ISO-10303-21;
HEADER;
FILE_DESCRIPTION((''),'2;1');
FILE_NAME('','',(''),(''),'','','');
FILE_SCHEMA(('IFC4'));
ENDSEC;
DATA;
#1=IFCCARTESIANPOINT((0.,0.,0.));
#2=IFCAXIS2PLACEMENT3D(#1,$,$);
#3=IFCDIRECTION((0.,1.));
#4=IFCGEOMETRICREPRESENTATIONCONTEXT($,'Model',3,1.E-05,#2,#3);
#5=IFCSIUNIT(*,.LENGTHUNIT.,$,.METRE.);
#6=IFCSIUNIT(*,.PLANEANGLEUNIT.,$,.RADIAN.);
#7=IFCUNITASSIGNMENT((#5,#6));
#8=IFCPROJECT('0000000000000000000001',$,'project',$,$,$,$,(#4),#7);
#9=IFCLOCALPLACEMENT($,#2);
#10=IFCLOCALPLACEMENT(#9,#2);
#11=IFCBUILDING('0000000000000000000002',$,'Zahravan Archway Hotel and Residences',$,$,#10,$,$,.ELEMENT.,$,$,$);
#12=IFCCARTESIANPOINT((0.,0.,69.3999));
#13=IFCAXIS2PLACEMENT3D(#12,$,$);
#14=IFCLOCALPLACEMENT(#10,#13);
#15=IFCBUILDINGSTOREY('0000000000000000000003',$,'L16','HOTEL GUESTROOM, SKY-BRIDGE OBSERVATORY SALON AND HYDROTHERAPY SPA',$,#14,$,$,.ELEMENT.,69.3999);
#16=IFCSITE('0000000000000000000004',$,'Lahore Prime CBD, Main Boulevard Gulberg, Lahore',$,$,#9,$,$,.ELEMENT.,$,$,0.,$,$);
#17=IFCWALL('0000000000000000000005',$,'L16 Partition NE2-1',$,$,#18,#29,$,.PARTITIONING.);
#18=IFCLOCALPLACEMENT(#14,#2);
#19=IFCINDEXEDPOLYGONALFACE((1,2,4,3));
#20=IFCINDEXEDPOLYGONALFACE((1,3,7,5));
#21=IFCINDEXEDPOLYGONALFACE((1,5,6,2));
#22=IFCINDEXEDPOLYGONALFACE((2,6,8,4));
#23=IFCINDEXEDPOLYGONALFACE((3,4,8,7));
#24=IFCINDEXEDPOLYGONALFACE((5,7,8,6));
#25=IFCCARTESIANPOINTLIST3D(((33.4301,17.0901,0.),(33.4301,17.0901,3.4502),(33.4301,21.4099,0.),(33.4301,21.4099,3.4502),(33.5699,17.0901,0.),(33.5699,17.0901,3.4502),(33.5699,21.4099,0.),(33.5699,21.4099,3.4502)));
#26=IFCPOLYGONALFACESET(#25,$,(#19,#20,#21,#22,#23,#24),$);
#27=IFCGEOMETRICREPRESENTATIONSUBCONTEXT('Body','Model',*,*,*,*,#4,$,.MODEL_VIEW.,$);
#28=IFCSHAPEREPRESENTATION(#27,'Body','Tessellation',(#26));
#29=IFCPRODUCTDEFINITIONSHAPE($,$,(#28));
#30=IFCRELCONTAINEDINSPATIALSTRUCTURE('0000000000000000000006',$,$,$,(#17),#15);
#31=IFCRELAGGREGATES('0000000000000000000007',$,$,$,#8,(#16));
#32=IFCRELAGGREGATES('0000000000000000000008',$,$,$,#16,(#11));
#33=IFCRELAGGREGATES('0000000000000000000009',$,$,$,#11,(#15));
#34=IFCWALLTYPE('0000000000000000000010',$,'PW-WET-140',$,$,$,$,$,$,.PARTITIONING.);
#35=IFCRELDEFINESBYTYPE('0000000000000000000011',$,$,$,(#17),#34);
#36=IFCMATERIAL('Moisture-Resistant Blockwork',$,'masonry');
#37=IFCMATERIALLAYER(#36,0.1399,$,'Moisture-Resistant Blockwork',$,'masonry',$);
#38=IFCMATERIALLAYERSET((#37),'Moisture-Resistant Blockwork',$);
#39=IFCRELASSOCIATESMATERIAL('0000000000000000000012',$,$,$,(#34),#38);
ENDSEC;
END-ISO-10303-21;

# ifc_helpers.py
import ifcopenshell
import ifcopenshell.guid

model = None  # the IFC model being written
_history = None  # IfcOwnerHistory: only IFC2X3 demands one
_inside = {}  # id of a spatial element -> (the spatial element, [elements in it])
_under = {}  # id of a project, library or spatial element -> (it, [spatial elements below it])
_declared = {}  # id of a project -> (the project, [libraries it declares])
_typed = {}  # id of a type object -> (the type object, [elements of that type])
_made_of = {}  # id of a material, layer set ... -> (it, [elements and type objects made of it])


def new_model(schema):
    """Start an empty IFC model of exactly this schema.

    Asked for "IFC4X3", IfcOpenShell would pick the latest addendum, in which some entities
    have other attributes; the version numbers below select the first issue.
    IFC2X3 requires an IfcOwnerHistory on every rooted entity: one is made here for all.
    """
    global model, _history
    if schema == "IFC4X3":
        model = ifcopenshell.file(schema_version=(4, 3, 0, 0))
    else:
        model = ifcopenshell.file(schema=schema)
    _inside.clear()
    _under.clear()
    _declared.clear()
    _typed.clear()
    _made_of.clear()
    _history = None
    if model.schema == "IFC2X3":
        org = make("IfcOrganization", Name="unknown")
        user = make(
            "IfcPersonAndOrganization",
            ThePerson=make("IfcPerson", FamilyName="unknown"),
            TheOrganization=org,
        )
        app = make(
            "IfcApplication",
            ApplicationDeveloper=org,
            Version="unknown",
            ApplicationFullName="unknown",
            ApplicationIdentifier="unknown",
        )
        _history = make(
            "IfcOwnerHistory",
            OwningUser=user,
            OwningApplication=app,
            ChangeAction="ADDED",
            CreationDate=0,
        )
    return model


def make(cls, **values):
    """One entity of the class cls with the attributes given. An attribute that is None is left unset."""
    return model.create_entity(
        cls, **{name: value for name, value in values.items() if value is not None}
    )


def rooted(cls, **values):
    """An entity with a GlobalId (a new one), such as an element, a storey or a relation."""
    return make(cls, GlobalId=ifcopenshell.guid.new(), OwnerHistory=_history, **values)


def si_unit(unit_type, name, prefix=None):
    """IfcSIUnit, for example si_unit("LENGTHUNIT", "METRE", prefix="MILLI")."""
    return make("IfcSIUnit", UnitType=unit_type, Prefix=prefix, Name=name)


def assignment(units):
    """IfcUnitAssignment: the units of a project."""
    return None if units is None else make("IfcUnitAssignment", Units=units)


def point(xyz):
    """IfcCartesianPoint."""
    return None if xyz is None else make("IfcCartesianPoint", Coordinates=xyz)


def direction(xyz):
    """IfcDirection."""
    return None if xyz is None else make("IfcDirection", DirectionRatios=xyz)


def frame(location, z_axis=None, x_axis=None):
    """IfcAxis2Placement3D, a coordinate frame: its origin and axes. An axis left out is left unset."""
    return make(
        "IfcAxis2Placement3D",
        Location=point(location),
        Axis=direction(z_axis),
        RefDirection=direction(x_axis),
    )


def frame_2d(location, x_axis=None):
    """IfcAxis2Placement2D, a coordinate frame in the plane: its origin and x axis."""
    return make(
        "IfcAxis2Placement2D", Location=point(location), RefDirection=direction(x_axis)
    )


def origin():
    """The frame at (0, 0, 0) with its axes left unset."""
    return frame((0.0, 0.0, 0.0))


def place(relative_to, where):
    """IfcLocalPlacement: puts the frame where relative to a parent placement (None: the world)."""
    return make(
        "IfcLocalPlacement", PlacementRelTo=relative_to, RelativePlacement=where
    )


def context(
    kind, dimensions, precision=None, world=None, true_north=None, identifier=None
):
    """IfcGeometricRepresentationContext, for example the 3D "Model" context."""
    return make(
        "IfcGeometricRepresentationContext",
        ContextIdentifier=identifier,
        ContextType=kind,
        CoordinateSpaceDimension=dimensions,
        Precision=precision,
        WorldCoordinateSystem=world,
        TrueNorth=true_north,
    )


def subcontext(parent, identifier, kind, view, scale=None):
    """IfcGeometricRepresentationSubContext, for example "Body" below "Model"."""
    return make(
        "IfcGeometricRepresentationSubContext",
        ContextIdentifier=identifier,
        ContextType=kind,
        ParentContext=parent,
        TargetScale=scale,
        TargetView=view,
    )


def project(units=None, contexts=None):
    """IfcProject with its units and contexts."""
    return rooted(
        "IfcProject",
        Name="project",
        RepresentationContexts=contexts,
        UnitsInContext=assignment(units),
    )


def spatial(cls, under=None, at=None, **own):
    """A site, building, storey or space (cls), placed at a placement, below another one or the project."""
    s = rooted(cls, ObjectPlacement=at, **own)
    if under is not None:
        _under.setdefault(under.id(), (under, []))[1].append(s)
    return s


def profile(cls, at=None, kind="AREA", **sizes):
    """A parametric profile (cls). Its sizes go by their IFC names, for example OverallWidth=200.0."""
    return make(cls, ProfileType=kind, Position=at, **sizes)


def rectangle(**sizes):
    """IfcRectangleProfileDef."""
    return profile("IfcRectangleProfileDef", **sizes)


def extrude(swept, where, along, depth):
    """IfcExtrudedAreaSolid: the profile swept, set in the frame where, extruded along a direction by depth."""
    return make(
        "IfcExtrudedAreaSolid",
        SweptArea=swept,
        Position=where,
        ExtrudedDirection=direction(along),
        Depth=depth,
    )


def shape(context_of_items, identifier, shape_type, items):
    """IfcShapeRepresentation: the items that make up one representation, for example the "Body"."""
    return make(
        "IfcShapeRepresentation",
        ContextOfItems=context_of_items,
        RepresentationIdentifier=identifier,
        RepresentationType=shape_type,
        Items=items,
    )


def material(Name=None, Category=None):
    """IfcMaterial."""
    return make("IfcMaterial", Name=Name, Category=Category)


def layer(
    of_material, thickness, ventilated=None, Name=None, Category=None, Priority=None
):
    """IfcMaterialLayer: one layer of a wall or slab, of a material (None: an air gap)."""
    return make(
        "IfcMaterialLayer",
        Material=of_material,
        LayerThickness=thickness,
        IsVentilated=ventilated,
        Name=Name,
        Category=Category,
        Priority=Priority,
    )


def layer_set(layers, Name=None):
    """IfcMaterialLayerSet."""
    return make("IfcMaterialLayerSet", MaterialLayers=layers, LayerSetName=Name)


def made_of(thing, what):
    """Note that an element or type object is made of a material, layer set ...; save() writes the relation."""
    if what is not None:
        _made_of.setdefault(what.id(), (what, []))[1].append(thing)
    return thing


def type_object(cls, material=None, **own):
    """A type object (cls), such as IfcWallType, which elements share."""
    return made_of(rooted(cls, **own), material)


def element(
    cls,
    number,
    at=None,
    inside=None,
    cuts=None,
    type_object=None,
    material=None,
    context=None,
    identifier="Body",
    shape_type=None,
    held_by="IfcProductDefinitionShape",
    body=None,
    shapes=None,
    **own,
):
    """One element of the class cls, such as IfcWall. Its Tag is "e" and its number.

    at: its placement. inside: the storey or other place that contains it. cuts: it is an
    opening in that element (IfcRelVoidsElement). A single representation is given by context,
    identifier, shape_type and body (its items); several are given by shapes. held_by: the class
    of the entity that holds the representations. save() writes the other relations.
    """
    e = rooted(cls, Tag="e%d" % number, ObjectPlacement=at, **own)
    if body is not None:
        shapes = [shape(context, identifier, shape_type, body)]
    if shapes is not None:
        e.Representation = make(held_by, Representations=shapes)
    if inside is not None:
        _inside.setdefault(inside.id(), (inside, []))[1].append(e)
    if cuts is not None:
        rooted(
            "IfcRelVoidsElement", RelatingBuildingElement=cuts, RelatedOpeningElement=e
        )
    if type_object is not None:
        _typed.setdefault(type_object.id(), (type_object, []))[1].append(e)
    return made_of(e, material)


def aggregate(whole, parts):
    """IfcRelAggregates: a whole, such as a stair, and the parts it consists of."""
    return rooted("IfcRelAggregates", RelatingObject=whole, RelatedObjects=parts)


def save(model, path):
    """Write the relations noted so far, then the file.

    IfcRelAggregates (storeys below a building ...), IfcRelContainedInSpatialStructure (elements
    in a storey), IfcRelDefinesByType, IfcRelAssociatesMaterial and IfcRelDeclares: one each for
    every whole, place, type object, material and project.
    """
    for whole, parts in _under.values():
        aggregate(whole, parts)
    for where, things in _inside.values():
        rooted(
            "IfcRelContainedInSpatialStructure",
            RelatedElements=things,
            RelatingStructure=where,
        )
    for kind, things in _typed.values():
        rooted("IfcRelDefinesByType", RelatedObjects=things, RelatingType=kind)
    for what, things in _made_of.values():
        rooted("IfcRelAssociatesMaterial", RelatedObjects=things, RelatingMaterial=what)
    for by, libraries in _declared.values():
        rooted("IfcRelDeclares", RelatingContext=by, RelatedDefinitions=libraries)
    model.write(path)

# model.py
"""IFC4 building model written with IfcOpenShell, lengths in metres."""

from ifc_helpers import new_model, si_unit, direction, frame, frame_2d, origin, place, context, subcontext, project, spatial, rectangle, extrude, material, layer, layer_set, type_object, element, save


model = new_model("IFC4")

# Units and contexts
model_context = context("Model", 3, precision=1e-05, world=origin(), true_north=direction((0.0, 1.0)))
body_context = subcontext(model_context, "Body", "Model", "MODEL_VIEW")
ifc_project = project(units=[si_unit("LENGTHUNIT", "METRE"), si_unit("PLANEANGLEUNIT", "RADIAN")], contexts=[model_context])

# Site, building, storey
site_placement = place(None, origin())
site = spatial("IfcSite", under=ifc_project, at=site_placement, Name="Lahore Prime CBD, Main Boulevard Gulberg, Lahore", CompositionType="ELEMENT", RefElevation=0.0)
building_placement = place(site_placement, origin())
building = spatial("IfcBuilding", under=site, at=building_placement, Name="Zahravan Archway Hotel and Residences", CompositionType="ELEMENT")
storey_placement = place(building_placement, frame((0.0, 0.0, 69.3999)))
storey = spatial("IfcBuildingStorey", under=building, at=storey_placement, Name="L16", Description="HOTEL GUESTROOM, SKY-BRIDGE OBSERVATORY SALON AND HYDROTHERAPY SPA", CompositionType="ELEMENT", Elevation=69.3999)

# Wall
ifc_material_1 = material(Name="Moisture-Resistant Blockwork", Category="masonry")
ifc_layer_1 = layer(ifc_material_1, 0.1399, Name="Moisture-Resistant Blockwork", Category="masonry")
ifc_layer_set_1 = layer_set([ifc_layer_1], Name="Moisture-Resistant Blockwork")
wall_type_1 = type_object("IfcWallType", Name="PW-WET-140", PredefinedType="PARTITIONING", material=ifc_layer_set_1)
wall_1_placement = place(storey_placement, frame((33.5, 17.0901, 0.0), z_axis=(0.0, 0.0, 1.0), x_axis=(0.0, 1.0, 0.0)))
element("IfcWall", 1, at=wall_1_placement, inside=storey, type_object=wall_type_1, Name="L16 Partition NE2-1", PredefinedType="PARTITIONING", context=body_context, shape_type="SweptSolid", body=[
    extrude(rectangle(XDim=4.3198, YDim=0.1399, at=frame_2d((2.1599, 0.0))), origin(), (0.0, 0.0, 1.0), 3.4502),
])

save(model, "model.ifc")
